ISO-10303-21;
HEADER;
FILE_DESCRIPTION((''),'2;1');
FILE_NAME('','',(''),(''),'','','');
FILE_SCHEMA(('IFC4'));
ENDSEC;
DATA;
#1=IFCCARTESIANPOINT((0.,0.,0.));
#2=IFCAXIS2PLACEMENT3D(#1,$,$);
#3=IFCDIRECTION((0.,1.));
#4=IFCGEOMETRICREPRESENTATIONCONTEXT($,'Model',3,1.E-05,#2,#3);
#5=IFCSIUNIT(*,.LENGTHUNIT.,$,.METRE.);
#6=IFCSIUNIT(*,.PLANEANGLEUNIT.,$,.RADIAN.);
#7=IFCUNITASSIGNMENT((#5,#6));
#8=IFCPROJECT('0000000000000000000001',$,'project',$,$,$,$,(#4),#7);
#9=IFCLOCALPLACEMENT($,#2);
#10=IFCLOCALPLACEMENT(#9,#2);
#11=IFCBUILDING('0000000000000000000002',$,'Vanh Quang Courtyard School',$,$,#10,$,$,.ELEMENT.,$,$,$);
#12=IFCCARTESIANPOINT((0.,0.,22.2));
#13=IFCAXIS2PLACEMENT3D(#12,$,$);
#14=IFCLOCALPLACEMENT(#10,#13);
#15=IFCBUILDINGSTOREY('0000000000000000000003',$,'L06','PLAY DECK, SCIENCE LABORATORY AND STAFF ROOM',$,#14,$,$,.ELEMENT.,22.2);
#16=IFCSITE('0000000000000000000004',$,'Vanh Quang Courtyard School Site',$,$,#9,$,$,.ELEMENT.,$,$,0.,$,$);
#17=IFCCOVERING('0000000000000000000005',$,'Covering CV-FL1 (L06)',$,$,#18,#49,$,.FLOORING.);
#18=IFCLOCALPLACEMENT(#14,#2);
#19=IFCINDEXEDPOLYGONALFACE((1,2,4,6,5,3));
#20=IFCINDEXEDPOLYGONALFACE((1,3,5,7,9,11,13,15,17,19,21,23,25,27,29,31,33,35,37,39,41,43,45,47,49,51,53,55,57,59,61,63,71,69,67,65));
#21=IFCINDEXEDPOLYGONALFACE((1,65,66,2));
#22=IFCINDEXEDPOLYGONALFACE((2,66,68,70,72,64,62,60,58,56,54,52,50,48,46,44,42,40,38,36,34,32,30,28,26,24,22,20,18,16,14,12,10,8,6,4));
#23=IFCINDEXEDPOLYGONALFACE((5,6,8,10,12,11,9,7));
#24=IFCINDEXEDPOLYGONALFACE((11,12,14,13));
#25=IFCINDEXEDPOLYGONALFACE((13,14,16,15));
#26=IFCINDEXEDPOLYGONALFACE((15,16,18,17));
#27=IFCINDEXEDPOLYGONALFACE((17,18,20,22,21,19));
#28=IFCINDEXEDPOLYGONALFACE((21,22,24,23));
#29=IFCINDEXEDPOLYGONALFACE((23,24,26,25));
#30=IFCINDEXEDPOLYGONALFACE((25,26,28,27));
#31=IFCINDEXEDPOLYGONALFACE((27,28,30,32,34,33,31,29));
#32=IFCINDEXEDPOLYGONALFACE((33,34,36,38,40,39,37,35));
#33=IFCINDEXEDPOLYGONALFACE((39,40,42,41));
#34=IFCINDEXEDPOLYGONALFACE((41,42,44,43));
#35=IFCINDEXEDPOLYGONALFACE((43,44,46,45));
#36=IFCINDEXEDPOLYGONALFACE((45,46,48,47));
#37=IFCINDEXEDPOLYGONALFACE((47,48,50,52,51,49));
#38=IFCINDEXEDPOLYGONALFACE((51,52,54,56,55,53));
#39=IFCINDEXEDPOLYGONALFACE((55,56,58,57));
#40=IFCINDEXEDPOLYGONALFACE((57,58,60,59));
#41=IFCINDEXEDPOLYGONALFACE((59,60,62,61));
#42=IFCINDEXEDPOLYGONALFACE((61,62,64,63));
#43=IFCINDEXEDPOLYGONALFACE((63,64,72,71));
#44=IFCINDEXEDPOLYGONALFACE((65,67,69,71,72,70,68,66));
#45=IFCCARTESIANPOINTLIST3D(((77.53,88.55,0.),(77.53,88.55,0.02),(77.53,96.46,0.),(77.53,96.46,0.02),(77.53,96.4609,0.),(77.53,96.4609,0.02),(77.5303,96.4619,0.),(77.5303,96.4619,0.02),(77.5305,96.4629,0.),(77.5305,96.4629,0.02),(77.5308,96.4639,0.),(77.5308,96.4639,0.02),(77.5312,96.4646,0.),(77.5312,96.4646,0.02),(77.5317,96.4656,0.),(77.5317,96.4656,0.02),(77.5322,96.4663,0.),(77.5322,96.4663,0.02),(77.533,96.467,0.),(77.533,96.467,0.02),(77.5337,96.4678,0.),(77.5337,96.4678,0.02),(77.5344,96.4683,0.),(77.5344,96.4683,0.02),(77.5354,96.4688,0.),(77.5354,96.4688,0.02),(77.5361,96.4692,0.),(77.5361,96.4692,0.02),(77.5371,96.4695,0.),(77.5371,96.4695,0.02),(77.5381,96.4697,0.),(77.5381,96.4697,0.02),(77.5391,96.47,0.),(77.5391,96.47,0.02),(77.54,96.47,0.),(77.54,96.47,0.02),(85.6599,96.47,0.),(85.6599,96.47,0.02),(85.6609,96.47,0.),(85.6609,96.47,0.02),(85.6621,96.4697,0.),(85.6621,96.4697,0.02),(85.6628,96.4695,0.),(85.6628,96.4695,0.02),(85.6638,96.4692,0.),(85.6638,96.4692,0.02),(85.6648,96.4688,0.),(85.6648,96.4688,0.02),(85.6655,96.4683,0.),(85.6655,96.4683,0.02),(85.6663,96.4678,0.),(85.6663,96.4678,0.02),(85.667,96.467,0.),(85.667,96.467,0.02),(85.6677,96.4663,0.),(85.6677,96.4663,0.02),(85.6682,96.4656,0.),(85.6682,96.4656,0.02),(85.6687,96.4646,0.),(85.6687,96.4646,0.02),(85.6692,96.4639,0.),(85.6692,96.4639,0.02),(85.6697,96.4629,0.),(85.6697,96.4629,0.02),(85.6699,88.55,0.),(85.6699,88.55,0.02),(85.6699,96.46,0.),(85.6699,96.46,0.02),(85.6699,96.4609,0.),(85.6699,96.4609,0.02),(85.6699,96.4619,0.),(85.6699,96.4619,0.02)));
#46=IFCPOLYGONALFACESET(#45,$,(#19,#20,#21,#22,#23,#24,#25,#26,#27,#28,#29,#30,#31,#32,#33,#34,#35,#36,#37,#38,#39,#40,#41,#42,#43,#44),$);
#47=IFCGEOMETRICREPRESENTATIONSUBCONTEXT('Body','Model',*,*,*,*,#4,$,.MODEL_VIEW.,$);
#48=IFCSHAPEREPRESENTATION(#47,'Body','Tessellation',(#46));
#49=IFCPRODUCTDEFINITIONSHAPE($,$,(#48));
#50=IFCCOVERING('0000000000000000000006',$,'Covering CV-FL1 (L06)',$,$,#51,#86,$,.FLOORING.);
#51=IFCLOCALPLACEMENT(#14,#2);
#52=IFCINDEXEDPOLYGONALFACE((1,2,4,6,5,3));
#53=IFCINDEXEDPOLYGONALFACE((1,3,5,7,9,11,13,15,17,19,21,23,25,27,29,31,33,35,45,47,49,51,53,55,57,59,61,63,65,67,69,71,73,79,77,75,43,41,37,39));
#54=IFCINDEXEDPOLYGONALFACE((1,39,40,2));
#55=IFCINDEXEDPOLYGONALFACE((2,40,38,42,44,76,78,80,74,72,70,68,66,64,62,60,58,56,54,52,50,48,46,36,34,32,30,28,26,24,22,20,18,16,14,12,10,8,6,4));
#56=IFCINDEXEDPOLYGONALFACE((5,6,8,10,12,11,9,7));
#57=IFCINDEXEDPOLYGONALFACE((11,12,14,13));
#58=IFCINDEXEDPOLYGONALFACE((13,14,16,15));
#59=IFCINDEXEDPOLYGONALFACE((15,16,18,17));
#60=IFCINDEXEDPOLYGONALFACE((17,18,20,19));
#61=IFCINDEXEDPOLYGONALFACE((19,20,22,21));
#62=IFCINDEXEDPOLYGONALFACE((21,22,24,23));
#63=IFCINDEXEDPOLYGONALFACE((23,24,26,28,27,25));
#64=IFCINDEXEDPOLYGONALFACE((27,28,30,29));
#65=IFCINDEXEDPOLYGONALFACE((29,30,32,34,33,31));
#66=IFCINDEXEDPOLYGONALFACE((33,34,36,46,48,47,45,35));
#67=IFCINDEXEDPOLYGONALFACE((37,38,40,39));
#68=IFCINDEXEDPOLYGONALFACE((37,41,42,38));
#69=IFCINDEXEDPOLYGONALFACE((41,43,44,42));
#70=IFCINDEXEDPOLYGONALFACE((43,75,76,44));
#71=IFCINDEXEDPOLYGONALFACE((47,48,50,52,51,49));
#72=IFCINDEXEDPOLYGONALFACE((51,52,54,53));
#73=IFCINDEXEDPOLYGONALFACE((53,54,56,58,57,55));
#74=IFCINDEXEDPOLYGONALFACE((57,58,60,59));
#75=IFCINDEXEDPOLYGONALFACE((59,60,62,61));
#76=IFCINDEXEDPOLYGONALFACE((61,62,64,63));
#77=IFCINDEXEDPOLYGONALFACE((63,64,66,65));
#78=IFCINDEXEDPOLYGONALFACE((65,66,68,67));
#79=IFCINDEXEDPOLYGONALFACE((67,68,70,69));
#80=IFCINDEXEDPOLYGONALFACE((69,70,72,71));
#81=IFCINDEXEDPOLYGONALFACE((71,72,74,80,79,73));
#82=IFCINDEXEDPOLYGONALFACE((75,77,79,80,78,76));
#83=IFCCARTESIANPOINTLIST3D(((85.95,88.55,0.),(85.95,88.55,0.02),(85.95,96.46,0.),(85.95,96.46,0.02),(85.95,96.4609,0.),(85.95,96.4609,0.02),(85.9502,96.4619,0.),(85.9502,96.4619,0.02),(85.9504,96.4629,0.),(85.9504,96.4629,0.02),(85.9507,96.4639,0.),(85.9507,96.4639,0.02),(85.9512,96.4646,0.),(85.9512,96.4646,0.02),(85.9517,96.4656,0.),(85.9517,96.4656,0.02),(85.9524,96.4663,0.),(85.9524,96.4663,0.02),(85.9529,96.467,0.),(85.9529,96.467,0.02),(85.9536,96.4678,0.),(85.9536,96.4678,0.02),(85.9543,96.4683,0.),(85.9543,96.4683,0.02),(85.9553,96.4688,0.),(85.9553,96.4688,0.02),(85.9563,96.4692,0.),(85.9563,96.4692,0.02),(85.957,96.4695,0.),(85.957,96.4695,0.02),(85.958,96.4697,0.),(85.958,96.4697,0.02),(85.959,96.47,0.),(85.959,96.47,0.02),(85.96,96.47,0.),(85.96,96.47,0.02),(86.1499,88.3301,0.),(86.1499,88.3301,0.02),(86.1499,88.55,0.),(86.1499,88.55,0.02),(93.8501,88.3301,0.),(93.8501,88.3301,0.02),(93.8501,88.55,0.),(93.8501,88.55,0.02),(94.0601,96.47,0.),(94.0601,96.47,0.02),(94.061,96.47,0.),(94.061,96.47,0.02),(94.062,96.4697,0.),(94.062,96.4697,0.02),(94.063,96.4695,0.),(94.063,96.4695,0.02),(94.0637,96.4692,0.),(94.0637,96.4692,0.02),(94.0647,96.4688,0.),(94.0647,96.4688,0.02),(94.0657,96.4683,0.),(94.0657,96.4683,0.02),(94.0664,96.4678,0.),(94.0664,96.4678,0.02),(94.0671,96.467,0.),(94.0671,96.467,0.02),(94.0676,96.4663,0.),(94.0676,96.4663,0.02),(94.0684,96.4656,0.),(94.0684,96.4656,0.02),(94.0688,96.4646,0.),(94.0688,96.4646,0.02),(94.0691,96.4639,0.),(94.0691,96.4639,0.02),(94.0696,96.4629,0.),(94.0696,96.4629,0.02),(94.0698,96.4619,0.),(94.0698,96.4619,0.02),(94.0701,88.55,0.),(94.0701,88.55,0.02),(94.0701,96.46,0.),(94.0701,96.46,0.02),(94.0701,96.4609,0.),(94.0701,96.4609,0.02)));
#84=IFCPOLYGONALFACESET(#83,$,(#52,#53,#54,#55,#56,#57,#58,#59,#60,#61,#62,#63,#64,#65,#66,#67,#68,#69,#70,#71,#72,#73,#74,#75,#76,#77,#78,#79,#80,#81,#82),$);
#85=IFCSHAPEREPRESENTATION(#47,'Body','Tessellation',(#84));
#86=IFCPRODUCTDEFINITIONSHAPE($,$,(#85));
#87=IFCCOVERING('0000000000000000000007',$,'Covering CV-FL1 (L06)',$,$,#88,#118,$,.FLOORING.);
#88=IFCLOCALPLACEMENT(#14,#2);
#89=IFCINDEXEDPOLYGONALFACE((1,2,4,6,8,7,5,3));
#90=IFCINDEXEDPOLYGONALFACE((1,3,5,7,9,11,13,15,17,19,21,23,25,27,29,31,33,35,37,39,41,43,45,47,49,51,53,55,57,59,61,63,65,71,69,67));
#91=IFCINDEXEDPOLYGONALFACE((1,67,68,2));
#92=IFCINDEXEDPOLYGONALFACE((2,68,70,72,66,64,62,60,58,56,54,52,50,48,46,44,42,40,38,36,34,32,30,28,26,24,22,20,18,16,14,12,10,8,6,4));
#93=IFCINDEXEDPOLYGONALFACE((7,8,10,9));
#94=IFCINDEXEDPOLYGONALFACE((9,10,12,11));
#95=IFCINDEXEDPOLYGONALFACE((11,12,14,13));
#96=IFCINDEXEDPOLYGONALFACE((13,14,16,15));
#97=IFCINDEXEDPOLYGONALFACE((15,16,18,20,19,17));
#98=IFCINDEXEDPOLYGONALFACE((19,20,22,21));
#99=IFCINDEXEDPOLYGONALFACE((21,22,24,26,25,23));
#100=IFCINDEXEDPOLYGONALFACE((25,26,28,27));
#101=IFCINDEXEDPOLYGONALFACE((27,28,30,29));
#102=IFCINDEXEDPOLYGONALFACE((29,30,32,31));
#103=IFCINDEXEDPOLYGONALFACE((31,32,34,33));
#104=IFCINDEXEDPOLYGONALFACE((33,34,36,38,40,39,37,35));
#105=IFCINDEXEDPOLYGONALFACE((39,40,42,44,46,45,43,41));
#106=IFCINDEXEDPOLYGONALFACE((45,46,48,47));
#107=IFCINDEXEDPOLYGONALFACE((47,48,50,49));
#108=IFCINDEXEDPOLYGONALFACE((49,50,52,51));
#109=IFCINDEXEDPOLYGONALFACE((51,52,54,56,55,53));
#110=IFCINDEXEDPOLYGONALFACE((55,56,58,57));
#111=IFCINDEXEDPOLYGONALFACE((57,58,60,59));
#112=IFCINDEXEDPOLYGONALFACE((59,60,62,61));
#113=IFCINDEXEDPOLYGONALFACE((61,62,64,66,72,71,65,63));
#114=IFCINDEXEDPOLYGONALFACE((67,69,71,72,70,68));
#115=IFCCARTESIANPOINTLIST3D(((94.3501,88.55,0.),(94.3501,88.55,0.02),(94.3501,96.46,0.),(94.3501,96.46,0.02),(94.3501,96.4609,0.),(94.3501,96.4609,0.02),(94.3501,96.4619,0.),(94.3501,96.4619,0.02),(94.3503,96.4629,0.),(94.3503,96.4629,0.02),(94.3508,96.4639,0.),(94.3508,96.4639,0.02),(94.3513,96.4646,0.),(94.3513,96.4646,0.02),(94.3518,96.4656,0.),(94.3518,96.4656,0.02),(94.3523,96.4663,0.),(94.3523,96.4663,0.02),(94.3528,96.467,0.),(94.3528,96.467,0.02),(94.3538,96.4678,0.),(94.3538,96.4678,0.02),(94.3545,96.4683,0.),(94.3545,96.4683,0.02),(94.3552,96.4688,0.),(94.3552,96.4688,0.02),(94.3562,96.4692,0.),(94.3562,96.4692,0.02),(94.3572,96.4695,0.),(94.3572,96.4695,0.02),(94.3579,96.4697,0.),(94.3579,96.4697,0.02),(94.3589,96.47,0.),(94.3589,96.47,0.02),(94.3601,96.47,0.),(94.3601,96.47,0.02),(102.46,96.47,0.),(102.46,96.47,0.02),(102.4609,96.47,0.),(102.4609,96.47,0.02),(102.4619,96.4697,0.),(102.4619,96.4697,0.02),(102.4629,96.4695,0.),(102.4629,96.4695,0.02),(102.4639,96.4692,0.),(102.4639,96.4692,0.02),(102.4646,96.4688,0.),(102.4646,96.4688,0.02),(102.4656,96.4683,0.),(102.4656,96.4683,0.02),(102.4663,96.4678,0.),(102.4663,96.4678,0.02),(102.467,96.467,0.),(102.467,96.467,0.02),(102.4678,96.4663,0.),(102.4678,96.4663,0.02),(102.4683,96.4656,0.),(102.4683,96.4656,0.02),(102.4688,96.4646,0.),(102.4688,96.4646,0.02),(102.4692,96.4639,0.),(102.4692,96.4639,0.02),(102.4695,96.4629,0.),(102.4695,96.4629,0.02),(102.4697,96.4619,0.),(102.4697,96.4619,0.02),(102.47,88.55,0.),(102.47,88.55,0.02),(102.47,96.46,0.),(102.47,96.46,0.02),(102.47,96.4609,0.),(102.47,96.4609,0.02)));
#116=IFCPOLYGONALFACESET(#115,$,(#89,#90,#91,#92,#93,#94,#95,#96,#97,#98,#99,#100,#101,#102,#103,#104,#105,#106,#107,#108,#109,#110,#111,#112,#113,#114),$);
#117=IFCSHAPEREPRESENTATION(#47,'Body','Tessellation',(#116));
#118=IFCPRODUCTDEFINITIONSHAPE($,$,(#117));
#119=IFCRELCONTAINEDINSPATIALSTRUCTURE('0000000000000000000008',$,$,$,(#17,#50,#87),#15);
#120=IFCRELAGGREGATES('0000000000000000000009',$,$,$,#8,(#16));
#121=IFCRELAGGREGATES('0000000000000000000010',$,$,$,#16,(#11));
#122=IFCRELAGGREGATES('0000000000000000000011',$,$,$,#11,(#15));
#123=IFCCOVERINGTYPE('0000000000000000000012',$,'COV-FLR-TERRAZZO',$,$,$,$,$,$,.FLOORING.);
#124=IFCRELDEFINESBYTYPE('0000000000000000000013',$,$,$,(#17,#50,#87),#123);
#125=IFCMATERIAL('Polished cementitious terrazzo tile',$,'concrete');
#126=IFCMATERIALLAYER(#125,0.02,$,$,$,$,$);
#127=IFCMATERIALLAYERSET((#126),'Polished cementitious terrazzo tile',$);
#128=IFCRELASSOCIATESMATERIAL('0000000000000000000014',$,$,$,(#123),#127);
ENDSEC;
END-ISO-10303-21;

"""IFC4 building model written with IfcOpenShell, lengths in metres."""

from ifc_helpers import new_model, si_unit, direction, frame, origin, place, context, subcontext, project, spatial, polyline, outline, extrude, material, layer, layer_set, type_object, element, save


model = new_model("IFC4")

# Units and contexts
model_context = context("Model", 3, precision=1e-05, world=origin(), true_north=direction((0.0, 1.0)))
body_context = subcontext(model_context, "Body", "Model", "MODEL_VIEW")
ifc_project = project(units=[si_unit("LENGTHUNIT", "METRE"), si_unit("PLANEANGLEUNIT", "RADIAN")], contexts=[model_context])

# Site, building, storey
site_placement = place(None, origin())
site = spatial("IfcSite", under=ifc_project, at=site_placement, Name="Vanh Quang Courtyard School Site", CompositionType="ELEMENT", RefElevation=0.0)
building_placement = place(site_placement, origin())
building = spatial("IfcBuilding", under=site, at=building_placement, Name="Vanh Quang Courtyard School", CompositionType="ELEMENT")
storey_placement = place(building_placement, frame((0.0, 0.0, 22.2)))
storey = spatial("IfcBuildingStorey", under=building, at=storey_placement, Name="L06", Description="PLAY DECK, SCIENCE LABORATORY AND STAFF ROOM", CompositionType="ELEMENT", Elevation=22.2)

# Coverings
ifc_material_1 = material(Name="Polished cementitious terrazzo tile", Category="concrete")
ifc_layer_1 = layer(ifc_material_1, 0.02)
ifc_layer_set_1 = layer_set([ifc_layer_1], Name="Polished cementitious terrazzo tile")
covering_type_1 = type_object("IfcCoveringType", Name="COV-FLR-TERRAZZO", PredefinedType="FLOORING", material=ifc_layer_set_1)
covering_1_placement = place(storey_placement, origin())
element("IfcCovering", 1, at=covering_1_placement, inside=storey, type_object=covering_type_1, Name="Covering CV-FL1 (L06)", PredefinedType="FLOORING", context=body_context, shape_type="SweptSolid", body=[
    extrude(outline(polyline([(85.6599, 96.47), (85.6609, 96.47), (85.6621, 96.4697), (85.6628, 96.4695), (85.6638, 96.4692), (85.6648, 96.4688), (85.6655, 96.4683), (85.6663, 96.4678), (85.667, 96.467), (85.6677, 96.4663), (85.6682, 96.4656), (85.6687, 96.4646), (85.6692, 96.4639), (85.6697, 96.4629), (85.6699, 96.4619), (85.6699, 96.4609), (85.6699, 96.46), (85.6699, 88.55), (77.53, 88.55), (77.53, 96.46), (77.53, 96.4609), (77.5303, 96.4619), (77.5305, 96.4629), (77.5308, 96.4639), (77.5312, 96.4646), (77.5317, 96.4656), (77.5322, 96.4663), (77.533, 96.467), (77.5337, 96.4678), (77.5344, 96.4683), (77.5354, 96.4688), (77.5361, 96.4692), (77.5371, 96.4695), (77.5381, 96.4697), (77.5391, 96.47), (77.54, 96.47), (85.6599, 96.47)])), origin(), (0.0, 0.0, 1.0), 0.02),
])
covering_2_placement = place(storey_placement, origin())
element("IfcCovering", 2, at=covering_2_placement, inside=storey, type_object=covering_type_1, Name="Covering CV-FL1 (L06)", PredefinedType="FLOORING", context=body_context, shape_type="SweptSolid", body=[
    extrude(outline(polyline([(86.1499, 88.3301), (86.1499, 88.55), (85.95, 88.55), (85.95, 96.46), (85.95, 96.4609), (85.9502, 96.4619), (85.9504, 96.4629), (85.9507, 96.4639), (85.9512, 96.4646), (85.9517, 96.4656), (85.9524, 96.4663), (85.9529, 96.467), (85.9536, 96.4678), (85.9543, 96.4683), (85.9553, 96.4688), (85.9563, 96.4692), (85.957, 96.4695), (85.958, 96.4697), (85.959, 96.47), (85.96, 96.47), (94.0601, 96.47), (94.061, 96.47), (94.062, 96.4697), (94.063, 96.4695), (94.0637, 96.4692), (94.0647, 96.4688), (94.0657, 96.4683), (94.0664, 96.4678), (94.0671, 96.467), (94.0676, 96.4663), (94.0684, 96.4656), (94.0688, 96.4646), (94.0691, 96.4639), (94.0696, 96.4629), (94.0698, 96.4619), (94.0701, 96.4609), (94.0701, 96.46), (94.0701, 88.55), (93.8501, 88.55), (93.8501, 88.3301), (86.1499, 88.3301)])), origin(), (0.0, 0.0, 1.0), 0.02),
])
covering_3_placement = place(storey_placement, origin())
element("IfcCovering", 3, at=covering_3_placement, inside=storey, type_object=covering_type_1, Name="Covering CV-FL1 (L06)", PredefinedType="FLOORING", context=body_context, shape_type="SweptSolid", body=[
    extrude(outline(polyline([(94.3501, 96.46), (94.3501, 96.4609), (94.3501, 96.4619), (94.3503, 96.4629), (94.3508, 96.4639), (94.3513, 96.4646), (94.3518, 96.4656), (94.3523, 96.4663), (94.3528, 96.467), (94.3538, 96.4678), (94.3545, 96.4683), (94.3552, 96.4688), (94.3562, 96.4692), (94.3572, 96.4695), (94.3579, 96.4697), (94.3589, 96.47), (94.3601, 96.47), (102.46, 96.47), (102.4609, 96.47), (102.4619, 96.4697), (102.4629, 96.4695), (102.4639, 96.4692), (102.4646, 96.4688), (102.4656, 96.4683), (102.4663, 96.4678), (102.467, 96.467), (102.4678, 96.4663), (102.4683, 96.4656), (102.4688, 96.4646), (102.4692, 96.4639), (102.4695, 96.4629), (102.4697, 96.4619), (102.47, 96.4609), (102.47, 96.46), (102.47, 88.55), (94.3501, 88.55), (94.3501, 96.46)])), origin(), (0.0, 0.0, 1.0), 0.02),
])

save(model, "model.ifc")
